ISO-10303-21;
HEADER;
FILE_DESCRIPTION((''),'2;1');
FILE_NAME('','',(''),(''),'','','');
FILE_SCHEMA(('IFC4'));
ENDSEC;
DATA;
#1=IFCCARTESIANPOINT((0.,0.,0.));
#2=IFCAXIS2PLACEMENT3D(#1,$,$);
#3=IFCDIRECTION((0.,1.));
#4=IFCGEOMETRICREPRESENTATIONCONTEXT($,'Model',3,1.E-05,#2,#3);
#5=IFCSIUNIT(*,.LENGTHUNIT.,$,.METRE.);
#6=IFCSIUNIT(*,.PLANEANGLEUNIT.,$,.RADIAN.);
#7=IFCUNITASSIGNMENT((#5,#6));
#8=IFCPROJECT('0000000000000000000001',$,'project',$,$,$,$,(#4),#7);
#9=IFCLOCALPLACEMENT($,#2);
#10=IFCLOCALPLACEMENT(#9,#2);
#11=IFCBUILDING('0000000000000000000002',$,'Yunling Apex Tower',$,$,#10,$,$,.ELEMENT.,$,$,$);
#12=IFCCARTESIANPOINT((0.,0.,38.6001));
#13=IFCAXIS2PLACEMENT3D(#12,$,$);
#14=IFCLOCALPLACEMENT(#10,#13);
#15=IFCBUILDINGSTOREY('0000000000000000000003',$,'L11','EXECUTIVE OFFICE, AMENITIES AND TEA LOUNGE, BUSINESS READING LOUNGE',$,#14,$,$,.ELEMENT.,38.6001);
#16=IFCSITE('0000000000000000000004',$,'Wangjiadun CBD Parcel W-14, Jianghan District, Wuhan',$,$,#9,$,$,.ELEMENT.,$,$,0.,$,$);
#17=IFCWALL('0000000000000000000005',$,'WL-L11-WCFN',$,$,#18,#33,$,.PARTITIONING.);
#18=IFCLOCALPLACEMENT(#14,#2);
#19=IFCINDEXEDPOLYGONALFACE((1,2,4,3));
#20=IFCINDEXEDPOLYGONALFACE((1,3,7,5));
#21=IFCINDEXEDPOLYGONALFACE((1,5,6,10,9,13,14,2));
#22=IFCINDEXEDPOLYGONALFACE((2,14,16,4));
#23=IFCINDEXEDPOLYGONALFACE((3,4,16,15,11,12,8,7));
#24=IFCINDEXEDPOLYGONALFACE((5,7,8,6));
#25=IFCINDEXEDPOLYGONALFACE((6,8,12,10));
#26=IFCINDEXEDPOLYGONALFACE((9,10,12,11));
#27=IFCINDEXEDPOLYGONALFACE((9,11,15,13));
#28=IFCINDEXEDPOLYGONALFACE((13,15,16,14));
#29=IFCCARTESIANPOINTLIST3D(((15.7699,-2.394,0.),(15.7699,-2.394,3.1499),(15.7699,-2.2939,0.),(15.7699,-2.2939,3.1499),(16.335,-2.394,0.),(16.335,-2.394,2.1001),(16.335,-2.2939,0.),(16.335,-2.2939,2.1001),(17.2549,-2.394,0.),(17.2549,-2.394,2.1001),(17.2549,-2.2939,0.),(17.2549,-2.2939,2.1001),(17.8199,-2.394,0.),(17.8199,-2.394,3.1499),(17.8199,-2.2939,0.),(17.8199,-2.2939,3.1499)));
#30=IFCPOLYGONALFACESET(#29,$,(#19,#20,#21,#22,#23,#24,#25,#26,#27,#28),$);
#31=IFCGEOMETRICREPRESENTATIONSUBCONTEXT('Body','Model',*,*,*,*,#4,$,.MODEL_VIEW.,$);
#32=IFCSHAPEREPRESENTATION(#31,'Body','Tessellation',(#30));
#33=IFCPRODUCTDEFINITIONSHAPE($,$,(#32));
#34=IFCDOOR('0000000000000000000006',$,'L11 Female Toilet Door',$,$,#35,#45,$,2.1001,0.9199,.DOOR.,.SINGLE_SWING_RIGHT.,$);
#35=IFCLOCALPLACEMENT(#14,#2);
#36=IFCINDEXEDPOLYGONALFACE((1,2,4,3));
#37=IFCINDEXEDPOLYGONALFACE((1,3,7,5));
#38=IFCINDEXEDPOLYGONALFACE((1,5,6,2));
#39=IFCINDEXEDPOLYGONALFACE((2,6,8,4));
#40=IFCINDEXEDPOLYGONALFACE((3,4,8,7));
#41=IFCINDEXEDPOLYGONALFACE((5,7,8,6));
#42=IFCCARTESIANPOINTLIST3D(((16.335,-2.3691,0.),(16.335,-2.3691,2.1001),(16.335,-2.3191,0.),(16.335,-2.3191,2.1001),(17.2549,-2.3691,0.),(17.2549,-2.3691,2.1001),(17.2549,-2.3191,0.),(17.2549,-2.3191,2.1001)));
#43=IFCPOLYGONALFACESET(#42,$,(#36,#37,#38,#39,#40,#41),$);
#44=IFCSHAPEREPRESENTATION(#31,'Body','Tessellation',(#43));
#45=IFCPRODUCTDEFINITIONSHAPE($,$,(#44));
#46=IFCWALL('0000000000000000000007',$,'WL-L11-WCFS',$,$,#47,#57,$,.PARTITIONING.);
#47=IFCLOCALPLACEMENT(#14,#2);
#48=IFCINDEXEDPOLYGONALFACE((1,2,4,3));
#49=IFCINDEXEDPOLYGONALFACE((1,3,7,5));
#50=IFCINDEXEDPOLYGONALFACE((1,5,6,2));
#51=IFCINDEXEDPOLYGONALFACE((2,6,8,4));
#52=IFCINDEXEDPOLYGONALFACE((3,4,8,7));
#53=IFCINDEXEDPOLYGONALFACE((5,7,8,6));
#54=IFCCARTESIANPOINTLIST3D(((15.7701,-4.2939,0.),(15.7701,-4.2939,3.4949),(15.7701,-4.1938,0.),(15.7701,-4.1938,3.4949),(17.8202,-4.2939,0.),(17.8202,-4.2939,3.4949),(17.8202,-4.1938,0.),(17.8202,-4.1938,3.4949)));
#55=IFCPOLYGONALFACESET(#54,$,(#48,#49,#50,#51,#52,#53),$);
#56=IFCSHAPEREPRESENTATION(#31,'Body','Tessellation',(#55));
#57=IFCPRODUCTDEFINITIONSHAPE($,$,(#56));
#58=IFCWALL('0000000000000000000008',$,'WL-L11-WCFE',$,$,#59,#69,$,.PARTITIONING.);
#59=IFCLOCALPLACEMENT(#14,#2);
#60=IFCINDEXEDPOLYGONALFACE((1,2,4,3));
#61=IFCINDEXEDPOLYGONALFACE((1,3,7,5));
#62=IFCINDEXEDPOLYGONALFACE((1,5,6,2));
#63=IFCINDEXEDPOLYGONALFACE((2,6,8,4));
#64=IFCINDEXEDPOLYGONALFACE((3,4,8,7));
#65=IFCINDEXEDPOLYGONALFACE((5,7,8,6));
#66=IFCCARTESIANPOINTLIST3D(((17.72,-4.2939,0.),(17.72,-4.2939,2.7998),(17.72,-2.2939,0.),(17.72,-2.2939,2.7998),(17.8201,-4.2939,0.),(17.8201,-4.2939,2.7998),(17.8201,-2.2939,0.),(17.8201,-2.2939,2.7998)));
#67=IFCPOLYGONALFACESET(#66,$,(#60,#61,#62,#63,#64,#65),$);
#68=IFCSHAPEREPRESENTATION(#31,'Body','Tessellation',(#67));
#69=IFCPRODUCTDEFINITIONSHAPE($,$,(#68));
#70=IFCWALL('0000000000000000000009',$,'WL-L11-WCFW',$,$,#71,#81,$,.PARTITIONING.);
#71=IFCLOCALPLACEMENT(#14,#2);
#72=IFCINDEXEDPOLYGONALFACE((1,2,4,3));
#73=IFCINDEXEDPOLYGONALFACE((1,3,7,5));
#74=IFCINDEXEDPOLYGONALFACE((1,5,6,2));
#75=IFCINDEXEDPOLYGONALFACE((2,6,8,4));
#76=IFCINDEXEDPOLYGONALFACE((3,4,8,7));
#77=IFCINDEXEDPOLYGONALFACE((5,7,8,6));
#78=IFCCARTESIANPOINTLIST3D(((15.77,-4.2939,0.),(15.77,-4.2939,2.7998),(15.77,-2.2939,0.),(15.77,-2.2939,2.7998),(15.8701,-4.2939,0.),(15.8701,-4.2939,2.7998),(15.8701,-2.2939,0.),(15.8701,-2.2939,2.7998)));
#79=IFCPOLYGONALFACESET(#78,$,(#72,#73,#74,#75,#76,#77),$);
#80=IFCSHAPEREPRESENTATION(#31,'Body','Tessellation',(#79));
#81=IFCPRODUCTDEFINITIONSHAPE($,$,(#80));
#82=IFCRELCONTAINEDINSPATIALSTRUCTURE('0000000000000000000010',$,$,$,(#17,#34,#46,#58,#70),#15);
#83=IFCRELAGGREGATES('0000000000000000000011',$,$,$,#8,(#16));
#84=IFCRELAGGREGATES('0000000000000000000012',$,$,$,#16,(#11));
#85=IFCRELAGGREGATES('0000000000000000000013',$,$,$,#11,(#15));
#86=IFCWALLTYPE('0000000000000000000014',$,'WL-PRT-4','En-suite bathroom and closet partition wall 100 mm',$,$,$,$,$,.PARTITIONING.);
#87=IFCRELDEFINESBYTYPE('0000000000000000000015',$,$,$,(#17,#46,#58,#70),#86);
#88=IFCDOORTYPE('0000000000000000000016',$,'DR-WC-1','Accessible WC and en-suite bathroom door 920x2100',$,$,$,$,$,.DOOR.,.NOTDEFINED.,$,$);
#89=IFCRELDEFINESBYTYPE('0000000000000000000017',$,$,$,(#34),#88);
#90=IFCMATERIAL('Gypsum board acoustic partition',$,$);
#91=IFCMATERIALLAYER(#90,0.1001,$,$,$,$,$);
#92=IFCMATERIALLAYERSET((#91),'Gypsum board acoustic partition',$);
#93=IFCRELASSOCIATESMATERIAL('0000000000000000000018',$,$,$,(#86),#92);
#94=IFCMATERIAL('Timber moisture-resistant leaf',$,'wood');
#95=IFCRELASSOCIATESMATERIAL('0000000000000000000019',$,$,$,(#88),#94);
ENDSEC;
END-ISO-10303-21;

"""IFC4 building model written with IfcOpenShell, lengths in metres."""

from ifc_helpers import new_model, si_unit, direction, frame, frame_2d, origin, place, context, subcontext, project, spatial, rectangle, extrude, material, layer, layer_set, type_object, element, fill, save


model = new_model("IFC4")

# Units and contexts
model_context = context("Model", 3, precision=1e-05, world=origin(), true_north=direction((0.0, 1.0)))
body_context = subcontext(model_context, "Body", "Model", "MODEL_VIEW")
ifc_project = project(units=[si_unit("LENGTHUNIT", "METRE"), si_unit("PLANEANGLEUNIT", "RADIAN")], contexts=[model_context])

# Site, building, storey
site_placement = place(None, origin())
site = spatial("IfcSite", under=ifc_project, at=site_placement, Name="Wangjiadun CBD Parcel W-14, Jianghan District, Wuhan", CompositionType="ELEMENT", RefElevation=0.0)
building_placement = place(site_placement, origin())
building = spatial("IfcBuilding", under=site, at=building_placement, Name="Yunling Apex Tower", CompositionType="ELEMENT")
storey_placement = place(building_placement, frame((0.0, 0.0, 38.6001)))
storey = spatial("IfcBuildingStorey", under=building, at=storey_placement, Name="L11", Description="EXECUTIVE OFFICE, AMENITIES AND TEA LOUNGE, BUSINESS READING LOUNGE", CompositionType="ELEMENT", Elevation=38.6001)

# Wall, opening, door
ifc_material_1 = material(Name="Gypsum board acoustic partition")
ifc_layer_1 = layer(ifc_material_1, 0.1001)
ifc_layer_set_1 = layer_set([ifc_layer_1], Name="Gypsum board acoustic partition")
wall_type = type_object("IfcWallType", Name="WL-PRT-4", Description="En-suite bathroom and closet partition wall 100 mm", PredefinedType="PARTITIONING", material=ifc_layer_set_1)
wall_1_placement = place(storey_placement, frame((15.77, -2.344, 0.0), z_axis=(0.0, 0.0, 1.0), x_axis=(1.0, 0.0, 0.0)))
wall_1 = element("IfcWall", 1, at=wall_1_placement, inside=storey, type_object=wall_type, Name="WL-L11-WCFN", PredefinedType="PARTITIONING", context=body_context, shape_type="SweptSolid", body=[
    extrude(rectangle(XDim=2.05, YDim=0.1001, at=frame_2d((1.0249, 0.0))), origin(), (0.0, 0.0, 1.0), 3.1499),
])
opening_placement = place(wall_1_placement, frame((0.5649, 0.0, 0.0)))
opening = element("IfcOpeningElement", 2, at=opening_placement, cuts=wall_1, PredefinedType="OPENING", context=body_context, shape_type="SweptSolid", body=[
    extrude(rectangle(XDim=0.9199, YDim=2.1001, at=frame_2d((0.46, 1.05))), frame((0.0, 0.0601, 0.0), z_axis=(0.0, -1.0, 0.0), x_axis=(1.0, 0.0, 0.0)), (0.0, 0.0, 1.0), 0.1201),
])
ifc_material_2 = material(Name="Timber moisture-resistant leaf", Category="wood")
door_type = type_object("IfcDoorType", Name="DR-WC-1", Description="Accessible WC and en-suite bathroom door 920x2100", OperationType="NOTDEFINED", PredefinedType="DOOR", material=ifc_material_2)
door_placement = place(opening_placement, origin())
door = element("IfcDoor", 3, at=door_placement, inside=storey, type_object=door_type, Name="L11 Female Toilet Door", OperationType="SINGLE_SWING_RIGHT", OverallHeight=2.1001, OverallWidth=0.9199, PredefinedType="DOOR", context=body_context, shape_type="SweptSolid", body=[
    extrude(rectangle(XDim=0.9199, YDim=2.1001, at=frame_2d((0.46, 1.05))), frame((0.0, 0.0249, 0.0), z_axis=(0.0, -1.0, 0.0), x_axis=(1.0, 0.0, 0.0)), (0.0, 0.0, 1.0), 0.05),
])
fill(opening, door)

# Walls
wall_2_placement = place(storey_placement, frame((17.8201, -4.2439, 0.0), z_axis=(0.0, 0.0, 1.0), x_axis=(-1.0, 0.0, 0.0)))
element("IfcWall", 4, at=wall_2_placement, inside=storey, type_object=wall_type, Name="WL-L11-WCFS", PredefinedType="PARTITIONING", context=body_context, shape_type="SweptSolid", body=[
    extrude(rectangle(XDim=2.05, YDim=0.1001, at=frame_2d((1.0249, 0.0))), origin(), (0.0, 0.0, 1.0), 3.4949),
])
for number, where, z_axis, x_axis, name in (
    (5, (17.77, -2.2939, 0.0), (0.0, 0.0, 1.0), (0.0, -1.0, 0.0), "WL-L11-WCFE"),
    (6, (15.8201, -4.2939, 0.0), (0.0, 0.0, 1.0), (0.0, 1.0, 0.0), "WL-L11-WCFW"),
):
    element("IfcWall", number, at=place(storey_placement, frame(where, z_axis=z_axis, x_axis=x_axis)), inside=storey, type_object=wall_type, Name=name, PredefinedType="PARTITIONING", context=body_context, shape_type="SweptSolid", body=[
        extrude(rectangle(XDim=2.0, YDim=0.1001, at=frame_2d((1.0, 0.0))), origin(), (0.0, 0.0, 1.0), 2.7998),
    ])

save(model, "model.ifc")
